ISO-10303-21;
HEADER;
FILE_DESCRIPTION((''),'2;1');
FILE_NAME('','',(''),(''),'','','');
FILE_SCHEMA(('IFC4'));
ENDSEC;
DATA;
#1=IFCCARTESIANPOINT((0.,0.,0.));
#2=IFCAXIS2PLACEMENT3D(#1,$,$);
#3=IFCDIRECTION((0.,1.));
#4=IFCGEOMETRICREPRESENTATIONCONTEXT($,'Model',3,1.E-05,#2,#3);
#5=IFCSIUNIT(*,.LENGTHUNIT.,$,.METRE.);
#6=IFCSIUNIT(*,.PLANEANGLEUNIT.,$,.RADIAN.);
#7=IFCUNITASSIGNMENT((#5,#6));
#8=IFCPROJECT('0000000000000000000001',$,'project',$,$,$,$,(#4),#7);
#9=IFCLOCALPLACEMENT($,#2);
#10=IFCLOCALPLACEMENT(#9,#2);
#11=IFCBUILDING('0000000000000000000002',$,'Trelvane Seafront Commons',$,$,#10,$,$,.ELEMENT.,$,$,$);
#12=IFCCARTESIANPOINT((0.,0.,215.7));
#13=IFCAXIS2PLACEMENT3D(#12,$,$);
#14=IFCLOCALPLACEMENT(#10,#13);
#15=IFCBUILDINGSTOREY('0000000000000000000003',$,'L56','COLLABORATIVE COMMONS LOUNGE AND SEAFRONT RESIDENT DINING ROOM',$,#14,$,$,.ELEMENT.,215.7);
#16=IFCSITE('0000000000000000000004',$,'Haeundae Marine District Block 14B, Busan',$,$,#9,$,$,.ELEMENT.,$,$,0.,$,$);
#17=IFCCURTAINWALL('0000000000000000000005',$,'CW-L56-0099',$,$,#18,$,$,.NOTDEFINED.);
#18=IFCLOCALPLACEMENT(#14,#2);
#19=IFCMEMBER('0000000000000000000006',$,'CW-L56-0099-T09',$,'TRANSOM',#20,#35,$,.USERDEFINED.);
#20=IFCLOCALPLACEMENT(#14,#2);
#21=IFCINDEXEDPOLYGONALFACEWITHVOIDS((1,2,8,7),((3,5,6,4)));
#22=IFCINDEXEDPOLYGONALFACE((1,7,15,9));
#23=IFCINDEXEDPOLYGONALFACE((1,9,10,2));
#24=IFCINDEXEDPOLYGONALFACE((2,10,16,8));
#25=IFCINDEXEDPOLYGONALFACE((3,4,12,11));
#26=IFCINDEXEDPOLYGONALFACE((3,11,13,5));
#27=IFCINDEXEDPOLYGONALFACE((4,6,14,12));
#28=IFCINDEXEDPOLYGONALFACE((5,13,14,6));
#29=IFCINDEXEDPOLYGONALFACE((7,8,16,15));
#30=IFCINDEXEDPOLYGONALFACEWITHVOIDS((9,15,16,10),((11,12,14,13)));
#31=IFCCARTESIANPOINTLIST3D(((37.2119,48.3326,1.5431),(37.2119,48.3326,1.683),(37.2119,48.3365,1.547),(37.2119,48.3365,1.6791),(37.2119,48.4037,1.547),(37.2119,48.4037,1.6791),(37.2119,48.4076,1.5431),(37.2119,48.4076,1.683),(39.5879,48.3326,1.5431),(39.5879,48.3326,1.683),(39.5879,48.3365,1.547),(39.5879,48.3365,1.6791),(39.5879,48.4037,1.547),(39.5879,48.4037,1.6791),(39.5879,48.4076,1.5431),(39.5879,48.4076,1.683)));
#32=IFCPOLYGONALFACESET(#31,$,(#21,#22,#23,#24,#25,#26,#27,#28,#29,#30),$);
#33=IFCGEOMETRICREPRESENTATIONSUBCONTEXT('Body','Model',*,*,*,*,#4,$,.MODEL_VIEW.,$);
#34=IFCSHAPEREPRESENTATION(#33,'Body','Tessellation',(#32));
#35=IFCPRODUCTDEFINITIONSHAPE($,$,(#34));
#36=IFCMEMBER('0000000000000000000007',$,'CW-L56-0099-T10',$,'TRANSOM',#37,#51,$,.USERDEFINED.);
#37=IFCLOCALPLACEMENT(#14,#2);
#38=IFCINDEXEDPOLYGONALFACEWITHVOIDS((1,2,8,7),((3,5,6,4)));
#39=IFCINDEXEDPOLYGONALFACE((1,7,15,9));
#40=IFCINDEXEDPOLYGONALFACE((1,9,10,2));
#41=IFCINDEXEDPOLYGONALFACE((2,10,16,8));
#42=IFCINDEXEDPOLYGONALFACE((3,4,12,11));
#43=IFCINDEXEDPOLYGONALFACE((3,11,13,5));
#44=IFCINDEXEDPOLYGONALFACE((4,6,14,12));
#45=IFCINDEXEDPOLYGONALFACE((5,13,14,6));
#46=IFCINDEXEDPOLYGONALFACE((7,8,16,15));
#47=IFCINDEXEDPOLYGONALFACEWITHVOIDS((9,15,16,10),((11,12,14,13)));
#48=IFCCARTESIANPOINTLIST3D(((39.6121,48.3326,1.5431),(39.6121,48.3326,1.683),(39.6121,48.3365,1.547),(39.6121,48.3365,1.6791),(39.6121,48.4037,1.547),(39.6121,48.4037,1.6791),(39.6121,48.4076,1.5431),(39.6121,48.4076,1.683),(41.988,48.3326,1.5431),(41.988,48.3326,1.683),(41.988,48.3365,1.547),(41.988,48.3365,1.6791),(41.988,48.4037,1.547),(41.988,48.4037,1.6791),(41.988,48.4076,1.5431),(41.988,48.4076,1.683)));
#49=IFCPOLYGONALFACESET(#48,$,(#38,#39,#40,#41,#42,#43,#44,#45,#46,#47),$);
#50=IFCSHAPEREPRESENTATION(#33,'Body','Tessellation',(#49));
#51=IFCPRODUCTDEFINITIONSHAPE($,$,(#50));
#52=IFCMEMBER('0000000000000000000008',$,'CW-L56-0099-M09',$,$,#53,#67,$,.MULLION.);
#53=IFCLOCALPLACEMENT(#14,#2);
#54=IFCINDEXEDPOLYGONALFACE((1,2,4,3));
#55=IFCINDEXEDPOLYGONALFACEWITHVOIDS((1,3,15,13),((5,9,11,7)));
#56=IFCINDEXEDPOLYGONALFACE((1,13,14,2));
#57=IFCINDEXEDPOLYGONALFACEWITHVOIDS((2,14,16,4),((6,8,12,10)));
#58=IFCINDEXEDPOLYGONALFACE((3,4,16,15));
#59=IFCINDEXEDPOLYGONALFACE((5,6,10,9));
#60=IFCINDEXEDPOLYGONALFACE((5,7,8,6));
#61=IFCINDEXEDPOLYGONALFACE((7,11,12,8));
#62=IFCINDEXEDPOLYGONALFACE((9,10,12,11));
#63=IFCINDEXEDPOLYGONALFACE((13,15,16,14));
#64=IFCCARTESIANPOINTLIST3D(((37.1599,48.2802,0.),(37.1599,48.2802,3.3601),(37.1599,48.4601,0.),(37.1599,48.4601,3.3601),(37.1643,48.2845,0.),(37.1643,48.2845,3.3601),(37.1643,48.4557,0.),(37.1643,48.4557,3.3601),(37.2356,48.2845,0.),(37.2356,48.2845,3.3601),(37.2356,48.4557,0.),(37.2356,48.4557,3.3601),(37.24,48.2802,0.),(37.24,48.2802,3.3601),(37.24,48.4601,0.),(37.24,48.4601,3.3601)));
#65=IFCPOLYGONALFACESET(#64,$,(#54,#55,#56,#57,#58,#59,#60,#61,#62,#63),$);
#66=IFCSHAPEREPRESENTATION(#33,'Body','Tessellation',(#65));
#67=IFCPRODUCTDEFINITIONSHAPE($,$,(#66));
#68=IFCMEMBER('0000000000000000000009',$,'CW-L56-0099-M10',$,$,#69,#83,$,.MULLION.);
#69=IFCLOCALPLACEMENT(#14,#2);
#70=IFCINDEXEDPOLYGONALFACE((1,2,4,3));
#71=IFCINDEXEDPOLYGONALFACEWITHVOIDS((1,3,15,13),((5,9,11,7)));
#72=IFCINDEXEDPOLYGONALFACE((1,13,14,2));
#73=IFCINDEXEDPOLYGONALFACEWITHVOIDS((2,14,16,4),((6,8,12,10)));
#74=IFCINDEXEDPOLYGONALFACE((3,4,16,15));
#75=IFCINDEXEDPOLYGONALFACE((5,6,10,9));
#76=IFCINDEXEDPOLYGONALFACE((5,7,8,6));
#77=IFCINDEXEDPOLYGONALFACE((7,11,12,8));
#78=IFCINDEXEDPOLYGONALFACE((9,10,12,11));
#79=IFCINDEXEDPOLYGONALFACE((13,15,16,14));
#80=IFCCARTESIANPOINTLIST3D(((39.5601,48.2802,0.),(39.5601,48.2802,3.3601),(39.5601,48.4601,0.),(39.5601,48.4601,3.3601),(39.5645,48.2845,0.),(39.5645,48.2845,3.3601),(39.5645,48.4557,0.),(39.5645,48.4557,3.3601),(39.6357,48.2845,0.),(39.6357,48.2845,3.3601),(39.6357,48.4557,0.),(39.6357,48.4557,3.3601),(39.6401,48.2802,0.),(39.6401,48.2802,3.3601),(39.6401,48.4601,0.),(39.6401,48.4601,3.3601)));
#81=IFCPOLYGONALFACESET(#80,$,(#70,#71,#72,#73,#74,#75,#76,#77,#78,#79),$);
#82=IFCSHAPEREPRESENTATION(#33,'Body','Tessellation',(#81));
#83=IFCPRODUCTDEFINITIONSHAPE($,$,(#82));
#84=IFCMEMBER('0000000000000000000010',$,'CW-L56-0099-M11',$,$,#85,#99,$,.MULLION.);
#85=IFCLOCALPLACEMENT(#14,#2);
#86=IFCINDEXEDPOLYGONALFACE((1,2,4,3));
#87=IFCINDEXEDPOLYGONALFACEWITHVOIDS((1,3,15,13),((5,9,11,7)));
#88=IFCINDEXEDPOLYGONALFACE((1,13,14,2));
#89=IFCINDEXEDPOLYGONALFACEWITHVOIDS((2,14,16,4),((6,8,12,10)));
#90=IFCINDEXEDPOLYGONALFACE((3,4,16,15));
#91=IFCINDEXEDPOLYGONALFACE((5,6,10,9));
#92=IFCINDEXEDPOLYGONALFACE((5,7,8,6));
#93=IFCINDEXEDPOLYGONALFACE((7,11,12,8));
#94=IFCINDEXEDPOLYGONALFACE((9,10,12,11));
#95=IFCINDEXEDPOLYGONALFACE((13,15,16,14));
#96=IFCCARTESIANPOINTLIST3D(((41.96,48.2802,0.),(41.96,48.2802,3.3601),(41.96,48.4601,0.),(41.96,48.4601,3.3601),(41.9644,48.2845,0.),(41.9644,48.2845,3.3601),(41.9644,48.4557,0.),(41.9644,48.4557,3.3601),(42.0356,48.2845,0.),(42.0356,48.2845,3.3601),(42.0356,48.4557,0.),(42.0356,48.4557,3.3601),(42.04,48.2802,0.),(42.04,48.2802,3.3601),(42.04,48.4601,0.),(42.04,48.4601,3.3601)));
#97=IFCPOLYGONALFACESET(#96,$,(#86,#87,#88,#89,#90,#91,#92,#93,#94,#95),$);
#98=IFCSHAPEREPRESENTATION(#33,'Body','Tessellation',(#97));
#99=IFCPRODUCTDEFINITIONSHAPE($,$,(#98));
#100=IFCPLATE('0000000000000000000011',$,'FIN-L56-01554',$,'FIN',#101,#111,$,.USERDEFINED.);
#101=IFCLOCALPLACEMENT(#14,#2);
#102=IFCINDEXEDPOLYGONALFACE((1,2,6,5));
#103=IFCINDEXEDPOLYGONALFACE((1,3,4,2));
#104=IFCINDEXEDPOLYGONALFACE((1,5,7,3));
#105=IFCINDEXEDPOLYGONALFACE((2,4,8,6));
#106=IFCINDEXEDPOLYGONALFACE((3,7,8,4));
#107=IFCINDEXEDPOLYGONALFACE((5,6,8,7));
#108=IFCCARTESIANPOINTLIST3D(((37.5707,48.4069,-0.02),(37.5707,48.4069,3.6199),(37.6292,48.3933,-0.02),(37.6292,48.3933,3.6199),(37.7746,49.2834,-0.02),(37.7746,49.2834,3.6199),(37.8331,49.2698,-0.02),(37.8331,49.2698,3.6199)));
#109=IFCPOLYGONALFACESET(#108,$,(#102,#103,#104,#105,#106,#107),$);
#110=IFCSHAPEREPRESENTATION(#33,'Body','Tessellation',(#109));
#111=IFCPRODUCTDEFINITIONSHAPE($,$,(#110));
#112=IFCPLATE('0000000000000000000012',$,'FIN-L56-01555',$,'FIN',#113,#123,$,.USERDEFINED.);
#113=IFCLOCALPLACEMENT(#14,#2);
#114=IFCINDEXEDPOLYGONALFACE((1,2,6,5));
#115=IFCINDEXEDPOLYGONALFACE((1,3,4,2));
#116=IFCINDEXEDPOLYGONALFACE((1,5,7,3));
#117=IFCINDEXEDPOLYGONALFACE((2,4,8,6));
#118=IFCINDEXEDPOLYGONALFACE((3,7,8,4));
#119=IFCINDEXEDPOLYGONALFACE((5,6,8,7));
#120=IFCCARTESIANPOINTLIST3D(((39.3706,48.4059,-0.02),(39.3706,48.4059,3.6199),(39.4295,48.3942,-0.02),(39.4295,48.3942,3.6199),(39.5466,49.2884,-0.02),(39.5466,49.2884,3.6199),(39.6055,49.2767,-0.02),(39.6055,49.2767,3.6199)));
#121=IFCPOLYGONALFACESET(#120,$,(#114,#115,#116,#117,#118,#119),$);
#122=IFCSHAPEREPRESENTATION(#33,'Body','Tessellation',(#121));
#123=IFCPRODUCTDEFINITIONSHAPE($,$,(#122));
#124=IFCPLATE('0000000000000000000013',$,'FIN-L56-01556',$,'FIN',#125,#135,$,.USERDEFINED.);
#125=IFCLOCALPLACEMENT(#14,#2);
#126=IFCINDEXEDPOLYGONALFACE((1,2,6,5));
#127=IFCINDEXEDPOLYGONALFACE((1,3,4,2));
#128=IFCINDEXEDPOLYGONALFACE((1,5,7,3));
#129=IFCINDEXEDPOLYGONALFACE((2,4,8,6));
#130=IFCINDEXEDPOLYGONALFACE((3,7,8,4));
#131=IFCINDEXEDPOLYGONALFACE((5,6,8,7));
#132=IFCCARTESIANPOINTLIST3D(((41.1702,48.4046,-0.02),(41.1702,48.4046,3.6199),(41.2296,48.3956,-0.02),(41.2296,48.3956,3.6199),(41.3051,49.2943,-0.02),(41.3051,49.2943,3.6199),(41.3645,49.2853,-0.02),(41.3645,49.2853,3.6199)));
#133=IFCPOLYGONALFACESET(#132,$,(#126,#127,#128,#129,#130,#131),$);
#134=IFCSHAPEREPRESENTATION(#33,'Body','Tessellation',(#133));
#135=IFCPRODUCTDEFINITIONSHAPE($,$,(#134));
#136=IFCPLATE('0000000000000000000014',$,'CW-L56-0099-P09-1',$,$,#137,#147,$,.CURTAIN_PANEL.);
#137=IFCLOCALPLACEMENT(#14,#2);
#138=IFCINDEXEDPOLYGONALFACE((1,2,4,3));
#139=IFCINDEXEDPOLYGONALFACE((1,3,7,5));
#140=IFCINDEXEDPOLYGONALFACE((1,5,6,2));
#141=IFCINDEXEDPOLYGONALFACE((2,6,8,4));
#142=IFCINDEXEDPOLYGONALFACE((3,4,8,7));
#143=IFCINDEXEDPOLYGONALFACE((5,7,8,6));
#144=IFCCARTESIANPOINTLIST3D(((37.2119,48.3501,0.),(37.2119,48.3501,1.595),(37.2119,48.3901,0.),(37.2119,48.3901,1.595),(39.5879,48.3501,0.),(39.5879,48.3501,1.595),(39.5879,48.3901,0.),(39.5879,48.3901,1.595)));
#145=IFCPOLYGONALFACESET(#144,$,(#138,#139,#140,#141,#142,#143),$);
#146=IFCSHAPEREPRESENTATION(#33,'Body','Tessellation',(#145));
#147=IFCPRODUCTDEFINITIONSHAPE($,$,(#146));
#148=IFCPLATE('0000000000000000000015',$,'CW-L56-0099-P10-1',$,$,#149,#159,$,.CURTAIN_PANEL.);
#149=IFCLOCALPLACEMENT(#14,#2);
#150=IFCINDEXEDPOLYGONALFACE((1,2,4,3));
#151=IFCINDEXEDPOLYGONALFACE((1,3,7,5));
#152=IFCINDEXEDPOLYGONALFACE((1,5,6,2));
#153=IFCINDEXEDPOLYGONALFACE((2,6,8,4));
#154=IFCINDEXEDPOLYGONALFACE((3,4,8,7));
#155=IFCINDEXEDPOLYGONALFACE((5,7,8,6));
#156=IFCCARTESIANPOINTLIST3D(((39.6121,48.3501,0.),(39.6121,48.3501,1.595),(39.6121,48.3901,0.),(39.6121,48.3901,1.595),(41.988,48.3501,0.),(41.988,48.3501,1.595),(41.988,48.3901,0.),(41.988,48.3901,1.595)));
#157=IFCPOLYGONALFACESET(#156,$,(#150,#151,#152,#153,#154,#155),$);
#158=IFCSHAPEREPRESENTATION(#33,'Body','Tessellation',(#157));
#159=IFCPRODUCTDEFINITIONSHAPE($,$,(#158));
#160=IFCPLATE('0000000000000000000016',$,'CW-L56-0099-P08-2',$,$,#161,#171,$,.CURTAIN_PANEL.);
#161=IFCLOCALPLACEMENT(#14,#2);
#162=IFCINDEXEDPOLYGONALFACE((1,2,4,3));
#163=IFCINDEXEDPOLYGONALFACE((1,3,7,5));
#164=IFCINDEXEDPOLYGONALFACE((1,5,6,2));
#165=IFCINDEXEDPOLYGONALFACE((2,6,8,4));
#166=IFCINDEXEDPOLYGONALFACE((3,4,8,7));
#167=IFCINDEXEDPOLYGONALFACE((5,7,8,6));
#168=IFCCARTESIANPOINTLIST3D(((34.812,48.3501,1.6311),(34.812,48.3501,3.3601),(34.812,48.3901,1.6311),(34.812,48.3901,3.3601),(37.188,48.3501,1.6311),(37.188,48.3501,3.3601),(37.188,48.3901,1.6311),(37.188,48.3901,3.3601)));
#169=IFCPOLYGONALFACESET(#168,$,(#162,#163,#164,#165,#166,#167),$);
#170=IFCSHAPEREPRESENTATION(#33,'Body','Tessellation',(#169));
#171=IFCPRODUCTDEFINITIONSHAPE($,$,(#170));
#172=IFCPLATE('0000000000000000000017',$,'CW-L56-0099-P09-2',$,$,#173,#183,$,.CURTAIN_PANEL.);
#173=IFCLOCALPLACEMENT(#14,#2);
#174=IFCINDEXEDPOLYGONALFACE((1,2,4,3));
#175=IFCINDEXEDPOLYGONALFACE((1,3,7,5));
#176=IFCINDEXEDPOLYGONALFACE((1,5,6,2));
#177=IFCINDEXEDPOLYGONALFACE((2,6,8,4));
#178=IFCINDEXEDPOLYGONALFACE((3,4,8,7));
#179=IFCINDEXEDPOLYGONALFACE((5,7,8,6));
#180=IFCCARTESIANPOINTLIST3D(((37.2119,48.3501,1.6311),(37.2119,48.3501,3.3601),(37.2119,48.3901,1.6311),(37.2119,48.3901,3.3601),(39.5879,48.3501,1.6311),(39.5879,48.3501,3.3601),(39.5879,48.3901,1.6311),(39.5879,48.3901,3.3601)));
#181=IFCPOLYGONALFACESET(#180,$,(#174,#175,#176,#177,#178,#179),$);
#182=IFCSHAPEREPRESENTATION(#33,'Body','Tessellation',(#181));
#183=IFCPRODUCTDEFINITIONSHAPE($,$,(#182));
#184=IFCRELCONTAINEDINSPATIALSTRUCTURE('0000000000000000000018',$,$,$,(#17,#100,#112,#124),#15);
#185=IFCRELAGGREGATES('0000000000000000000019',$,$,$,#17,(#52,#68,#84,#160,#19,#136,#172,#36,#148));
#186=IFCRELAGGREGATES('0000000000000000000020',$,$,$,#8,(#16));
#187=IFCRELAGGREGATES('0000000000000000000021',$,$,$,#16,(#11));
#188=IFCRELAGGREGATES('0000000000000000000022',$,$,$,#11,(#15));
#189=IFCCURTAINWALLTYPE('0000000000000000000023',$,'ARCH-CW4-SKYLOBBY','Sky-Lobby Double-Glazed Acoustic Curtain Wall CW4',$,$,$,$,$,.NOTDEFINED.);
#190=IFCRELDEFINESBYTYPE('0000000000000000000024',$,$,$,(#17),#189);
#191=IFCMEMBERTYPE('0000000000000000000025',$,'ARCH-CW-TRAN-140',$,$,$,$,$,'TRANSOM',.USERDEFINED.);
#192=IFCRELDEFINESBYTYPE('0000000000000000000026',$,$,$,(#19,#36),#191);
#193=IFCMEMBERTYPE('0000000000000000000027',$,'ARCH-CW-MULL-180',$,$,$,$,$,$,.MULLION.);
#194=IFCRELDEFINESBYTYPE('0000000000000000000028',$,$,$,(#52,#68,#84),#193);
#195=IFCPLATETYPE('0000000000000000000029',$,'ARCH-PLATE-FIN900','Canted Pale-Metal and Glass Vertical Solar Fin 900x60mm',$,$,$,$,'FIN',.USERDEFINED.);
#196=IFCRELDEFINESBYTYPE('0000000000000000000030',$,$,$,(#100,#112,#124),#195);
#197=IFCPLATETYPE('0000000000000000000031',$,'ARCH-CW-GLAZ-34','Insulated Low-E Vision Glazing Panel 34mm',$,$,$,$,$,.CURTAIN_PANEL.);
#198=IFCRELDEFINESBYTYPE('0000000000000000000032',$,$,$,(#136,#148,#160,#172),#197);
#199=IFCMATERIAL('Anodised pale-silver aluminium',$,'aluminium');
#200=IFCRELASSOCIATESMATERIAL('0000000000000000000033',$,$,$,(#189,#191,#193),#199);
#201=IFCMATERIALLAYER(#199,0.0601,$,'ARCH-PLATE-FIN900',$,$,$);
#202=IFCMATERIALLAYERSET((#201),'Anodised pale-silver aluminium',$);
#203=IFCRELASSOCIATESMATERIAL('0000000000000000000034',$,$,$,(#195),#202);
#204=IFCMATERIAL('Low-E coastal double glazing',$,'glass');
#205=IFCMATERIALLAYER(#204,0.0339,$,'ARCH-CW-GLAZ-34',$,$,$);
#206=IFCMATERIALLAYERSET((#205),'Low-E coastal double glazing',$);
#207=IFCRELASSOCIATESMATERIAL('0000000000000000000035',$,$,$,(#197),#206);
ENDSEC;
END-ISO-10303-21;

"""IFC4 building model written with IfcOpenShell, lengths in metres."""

from ifc_helpers import new_model, si_unit, direction, frame, origin, origin_2d, place, context, subcontext, project, spatial, rectangle, hollow_rectangle, extrude, source, transform, mapped, material, layer, layer_set, material_profile, profile_set, type_object, element, aggregate, save


model = new_model("IFC4")

# Units and contexts
model_context = context("Model", 3, precision=1e-05, world=origin(), true_north=direction((0.0, 1.0)))
body_context = subcontext(model_context, "Body", "Model", "MODEL_VIEW")
ifc_project = project(units=[si_unit("LENGTHUNIT", "METRE"), si_unit("PLANEANGLEUNIT", "RADIAN")], contexts=[model_context])

# Site, building, storey
site_placement = place(None, origin())
site = spatial("IfcSite", under=ifc_project, at=site_placement, Name="Haeundae Marine District Block 14B, Busan", CompositionType="ELEMENT", RefElevation=0.0)
building_placement = place(site_placement, origin())
building = spatial("IfcBuilding", under=site, at=building_placement, Name="Trelvane Seafront Commons", CompositionType="ELEMENT")
storey_placement = place(building_placement, frame((0.0, 0.0, 215.7)))
storey = spatial("IfcBuildingStorey", under=building, at=storey_placement, Name="L56", Description="COLLABORATIVE COMMONS LOUNGE AND SEAFRONT RESIDENT DINING ROOM", CompositionType="ELEMENT", Elevation=215.7)

# Curtain wall, members
ifc_material_1 = material(Name="Anodised pale-silver aluminium", Category="aluminium")
curtain_wall_type = type_object("IfcCurtainWallType", Name="ARCH-CW4-SKYLOBBY", Description="Sky-Lobby Double-Glazed Acoustic Curtain Wall CW4", PredefinedType="NOTDEFINED", material=ifc_material_1)
curtain_wall_placement = place(storey_placement, origin())
curtain_wall = element("IfcCurtainWall", 1, at=curtain_wall_placement, inside=storey, type_object=curtain_wall_type, Name="CW-L56-0099", PredefinedType="NOTDEFINED")
ifc_material_profile_1 = material_profile(ifc_material_1, hollow_rectangle(XDim=0.075, YDim=0.1399, WallThickness=0.0039, at=origin_2d()), Name="TRAN-75x140x4")
ifc_profile_set_1 = profile_set([ifc_material_profile_1], Name="Anodised pale-silver aluminium")
member_type_1 = type_object("IfcMemberType", Name="ARCH-CW-TRAN-140", ElementType="TRANSOM", PredefinedType="USERDEFINED", material=ifc_profile_set_1)
shared_shape_1 = source(origin(), body_context, "Body", "SweptSolid", [
    extrude(hollow_rectangle(XDim=0.075, YDim=0.1399, WallThickness=0.0039, at=origin_2d()), origin(), (0.0, 0.0, 1.0), 2.376),
])
member_1_placement = place(storey_placement, frame((37.2119, 48.3701, 1.613), z_axis=(1.0, 0.0, 0.0), x_axis=(0.0, 1.0, 0.0)))
member_1 = element("IfcMember", 2, at=member_1_placement, type_object=member_type_1, Name="CW-L56-0099-T09", ObjectType="TRANSOM", PredefinedType="USERDEFINED", context=body_context, shape_type="MappedRepresentation", body=[
    mapped(shared_shape_1, transform((0.0, 0.0, 0.0), x_axis=(1.0, 0.0, 0.0), y_axis=(0.0, 1.0, 0.0), z_axis=(0.0, 0.0, 1.0), scale=1.0)),
])
member_2_placement = place(storey_placement, frame((39.6121, 48.3701, 1.613), z_axis=(1.0, 0.0, 0.0), x_axis=(0.0, 1.0, 0.0)))
member_2 = element("IfcMember", 3, at=member_2_placement, type_object=member_type_1, Name="CW-L56-0099-T10", ObjectType="TRANSOM", PredefinedType="USERDEFINED", context=body_context, shape_type="MappedRepresentation", body=[
    mapped(shared_shape_1, transform((0.0, 0.0, 0.0), x_axis=(1.0, 0.0, 0.0), y_axis=(0.0, 1.0, 0.0), z_axis=(0.0, 0.0, 1.0), scale=1.0)),
])
ifc_material_profile_2 = material_profile(ifc_material_1, hollow_rectangle(XDim=0.0801, YDim=0.1799, WallThickness=0.0044, at=origin_2d()), Name="MULL-80x180x4.5")
ifc_profile_set_2 = profile_set([ifc_material_profile_2], Name="Anodised pale-silver aluminium")
member_type_2 = type_object("IfcMemberType", Name="ARCH-CW-MULL-180", PredefinedType="MULLION", material=ifc_profile_set_2)
shared_shape_2 = source(origin(), body_context, "Body", "SweptSolid", [
    extrude(hollow_rectangle(XDim=0.0801, YDim=0.1799, WallThickness=0.0044, at=origin_2d()), origin(), (0.0, 0.0, 1.0), 3.3601),
])
member_3_placement = place(storey_placement, frame((37.2, 48.3701, 0.0), z_axis=(0.0, 0.0, 1.0), x_axis=(1.0, 0.0, 0.0)))
member_3 = element("IfcMember", 4, at=member_3_placement, type_object=member_type_2, Name="CW-L56-0099-M09", PredefinedType="MULLION", context=body_context, shape_type="MappedRepresentation", body=[
    mapped(shared_shape_2, transform((0.0, 0.0, 0.0), x_axis=(1.0, 0.0, 0.0), y_axis=(0.0, 1.0, 0.0), z_axis=(0.0, 0.0, 1.0), scale=1.0)),
])
member_4_placement = place(storey_placement, frame((39.6001, 48.3701, 0.0), z_axis=(0.0, 0.0, 1.0), x_axis=(1.0, 0.0, 0.0)))
member_4 = element("IfcMember", 5, at=member_4_placement, type_object=member_type_2, Name="CW-L56-0099-M10", PredefinedType="MULLION", context=body_context, shape_type="MappedRepresentation", body=[
    mapped(shared_shape_2, transform((0.0, 0.0, 0.0), x_axis=(1.0, 0.0, 0.0), y_axis=(0.0, 1.0, 0.0), z_axis=(0.0, 0.0, 1.0), scale=1.0)),
])
member_5_placement = place(storey_placement, frame((42.0, 48.3701, 0.0), z_axis=(0.0, 0.0, 1.0), x_axis=(1.0, 0.0, 0.0)))
member_5 = element("IfcMember", 6, at=member_5_placement, type_object=member_type_2, Name="CW-L56-0099-M11", PredefinedType="MULLION", context=body_context, shape_type="MappedRepresentation", body=[
    mapped(shared_shape_2, transform((0.0, 0.0, 0.0), x_axis=(1.0, 0.0, 0.0), y_axis=(0.0, 1.0, 0.0), z_axis=(0.0, 0.0, 1.0), scale=1.0)),
])

# Plates
ifc_layer_1 = layer(ifc_material_1, 0.0601, Name="ARCH-PLATE-FIN900")
ifc_layer_set_1 = layer_set([ifc_layer_1], Name="Anodised pale-silver aluminium")
plate_type_1 = type_object("IfcPlateType", Name="ARCH-PLATE-FIN900", Description="Canted Pale-Metal and Glass Vertical Solar Fin 900x60mm", ElementType="FIN", PredefinedType="USERDEFINED", material=ifc_layer_set_1)
shared_shape_3 = source(origin(), body_context, "Body", "SweptSolid", [
    extrude(rectangle(XDim=0.8999, YDim=0.0601, at=origin_2d()), origin(), (0.0, 0.0, 1.0), 3.6399),
])
for number, where, z_axis, x_axis, name in (
    (7, (37.7019, 48.8384, -0.02), (0.0, 0.0, 1.0), (0.226554, 0.973999, 0.0), "FIN-L56-01554"),
    (8, (39.488, 48.8413, -0.02), (0.0, 0.0, 1.0), (0.195561, 0.980692, 0.0), "FIN-L56-01555"),
    (9, (41.2673, 48.845, -0.02), (0.0, 0.0, 1.0), (0.149894, 0.988702, 0.0), "FIN-L56-01556"),
):
    element("IfcPlate", number, at=place(storey_placement, frame(where, z_axis=z_axis, x_axis=x_axis)), inside=storey, type_object=plate_type_1, Name=name, ObjectType="FIN", PredefinedType="USERDEFINED", context=body_context, shape_type="MappedRepresentation", body=[
        mapped(shared_shape_3, transform((0.0, 0.0, 0.0), x_axis=(1.0, 0.0, 0.0), y_axis=(0.0, 1.0, 0.0), z_axis=(0.0, 0.0, 1.0), scale=1.0)),
    ])

# Plates
ifc_material_2 = material(Name="Low-E coastal double glazing", Category="glass")
ifc_layer_2 = layer(ifc_material_2, 0.0339, Name="ARCH-CW-GLAZ-34")
ifc_layer_set_2 = layer_set([ifc_layer_2], Name="Low-E coastal double glazing")
plate_type_2 = type_object("IfcPlateType", Name="ARCH-CW-GLAZ-34", Description="Insulated Low-E Vision Glazing Panel 34mm", PredefinedType="CURTAIN_PANEL", material=ifc_layer_set_2)
shared_shape_4 = source(origin(), body_context, "Body", "SweptSolid", [
    extrude(rectangle(XDim=2.376, YDim=0.04, at=origin_2d()), origin(), (0.0, 0.0, 1.0), 1.595),
])
plate_1_placement = place(storey_placement, frame((38.3999, 48.3701, 0.0), z_axis=(0.0, 0.0, 1.0), x_axis=(1.0, 0.0, 0.0)))
plate_1 = element("IfcPlate", 10, at=plate_1_placement, type_object=plate_type_2, Name="CW-L56-0099-P09-1", PredefinedType="CURTAIN_PANEL", context=body_context, shape_type="MappedRepresentation", body=[
    mapped(shared_shape_4, transform((0.0, 0.0, 0.0), x_axis=(1.0, 0.0, 0.0), y_axis=(0.0, 1.0, 0.0), z_axis=(0.0, 0.0, 1.0), scale=1.0)),
])
plate_2_placement = place(storey_placement, frame((40.8, 48.3701, 0.0), z_axis=(0.0, 0.0, 1.0), x_axis=(1.0, 0.0, 0.0)))
plate_2 = element("IfcPlate", 11, at=plate_2_placement, type_object=plate_type_2, Name="CW-L56-0099-P10-1", PredefinedType="CURTAIN_PANEL", context=body_context, shape_type="MappedRepresentation", body=[
    mapped(shared_shape_4, transform((0.0, 0.0, 0.0), x_axis=(1.0, 0.0, 0.0), y_axis=(0.0, 1.0, 0.0), z_axis=(0.0, 0.0, 1.0), scale=1.0)),
])
shared_shape_5 = source(origin(), body_context, "Body", "SweptSolid", [
    extrude(rectangle(XDim=2.376, YDim=0.04, at=origin_2d()), origin(), (0.0, 0.0, 1.0), 1.729),
])
plate_3_placement = place(storey_placement, frame((36.0, 48.3701, 1.6311), z_axis=(0.0, 0.0, 1.0), x_axis=(1.0, 0.0, 0.0)))
plate_3 = element("IfcPlate", 12, at=plate_3_placement, type_object=plate_type_2, Name="CW-L56-0099-P08-2", PredefinedType="CURTAIN_PANEL", context=body_context, shape_type="MappedRepresentation", body=[
    mapped(shared_shape_5, transform((0.0, 0.0, 0.0), x_axis=(1.0, 0.0, 0.0), y_axis=(0.0, 1.0, 0.0), z_axis=(0.0, 0.0, 1.0), scale=1.0)),
])
plate_4_placement = place(storey_placement, frame((38.3999, 48.3701, 1.6311), z_axis=(0.0, 0.0, 1.0), x_axis=(1.0, 0.0, 0.0)))
plate_4 = element("IfcPlate", 13, at=plate_4_placement, type_object=plate_type_2, Name="CW-L56-0099-P09-2", PredefinedType="CURTAIN_PANEL", context=body_context, shape_type="MappedRepresentation", body=[
    mapped(shared_shape_5, transform((0.0, 0.0, 0.0), x_axis=(1.0, 0.0, 0.0), y_axis=(0.0, 1.0, 0.0), z_axis=(0.0, 0.0, 1.0), scale=1.0)),
])
aggregate(curtain_wall, [member_3, member_4, member_5, plate_3, member_1, plate_1, plate_4, member_2, plate_2])

save(model, "model.ifc")
